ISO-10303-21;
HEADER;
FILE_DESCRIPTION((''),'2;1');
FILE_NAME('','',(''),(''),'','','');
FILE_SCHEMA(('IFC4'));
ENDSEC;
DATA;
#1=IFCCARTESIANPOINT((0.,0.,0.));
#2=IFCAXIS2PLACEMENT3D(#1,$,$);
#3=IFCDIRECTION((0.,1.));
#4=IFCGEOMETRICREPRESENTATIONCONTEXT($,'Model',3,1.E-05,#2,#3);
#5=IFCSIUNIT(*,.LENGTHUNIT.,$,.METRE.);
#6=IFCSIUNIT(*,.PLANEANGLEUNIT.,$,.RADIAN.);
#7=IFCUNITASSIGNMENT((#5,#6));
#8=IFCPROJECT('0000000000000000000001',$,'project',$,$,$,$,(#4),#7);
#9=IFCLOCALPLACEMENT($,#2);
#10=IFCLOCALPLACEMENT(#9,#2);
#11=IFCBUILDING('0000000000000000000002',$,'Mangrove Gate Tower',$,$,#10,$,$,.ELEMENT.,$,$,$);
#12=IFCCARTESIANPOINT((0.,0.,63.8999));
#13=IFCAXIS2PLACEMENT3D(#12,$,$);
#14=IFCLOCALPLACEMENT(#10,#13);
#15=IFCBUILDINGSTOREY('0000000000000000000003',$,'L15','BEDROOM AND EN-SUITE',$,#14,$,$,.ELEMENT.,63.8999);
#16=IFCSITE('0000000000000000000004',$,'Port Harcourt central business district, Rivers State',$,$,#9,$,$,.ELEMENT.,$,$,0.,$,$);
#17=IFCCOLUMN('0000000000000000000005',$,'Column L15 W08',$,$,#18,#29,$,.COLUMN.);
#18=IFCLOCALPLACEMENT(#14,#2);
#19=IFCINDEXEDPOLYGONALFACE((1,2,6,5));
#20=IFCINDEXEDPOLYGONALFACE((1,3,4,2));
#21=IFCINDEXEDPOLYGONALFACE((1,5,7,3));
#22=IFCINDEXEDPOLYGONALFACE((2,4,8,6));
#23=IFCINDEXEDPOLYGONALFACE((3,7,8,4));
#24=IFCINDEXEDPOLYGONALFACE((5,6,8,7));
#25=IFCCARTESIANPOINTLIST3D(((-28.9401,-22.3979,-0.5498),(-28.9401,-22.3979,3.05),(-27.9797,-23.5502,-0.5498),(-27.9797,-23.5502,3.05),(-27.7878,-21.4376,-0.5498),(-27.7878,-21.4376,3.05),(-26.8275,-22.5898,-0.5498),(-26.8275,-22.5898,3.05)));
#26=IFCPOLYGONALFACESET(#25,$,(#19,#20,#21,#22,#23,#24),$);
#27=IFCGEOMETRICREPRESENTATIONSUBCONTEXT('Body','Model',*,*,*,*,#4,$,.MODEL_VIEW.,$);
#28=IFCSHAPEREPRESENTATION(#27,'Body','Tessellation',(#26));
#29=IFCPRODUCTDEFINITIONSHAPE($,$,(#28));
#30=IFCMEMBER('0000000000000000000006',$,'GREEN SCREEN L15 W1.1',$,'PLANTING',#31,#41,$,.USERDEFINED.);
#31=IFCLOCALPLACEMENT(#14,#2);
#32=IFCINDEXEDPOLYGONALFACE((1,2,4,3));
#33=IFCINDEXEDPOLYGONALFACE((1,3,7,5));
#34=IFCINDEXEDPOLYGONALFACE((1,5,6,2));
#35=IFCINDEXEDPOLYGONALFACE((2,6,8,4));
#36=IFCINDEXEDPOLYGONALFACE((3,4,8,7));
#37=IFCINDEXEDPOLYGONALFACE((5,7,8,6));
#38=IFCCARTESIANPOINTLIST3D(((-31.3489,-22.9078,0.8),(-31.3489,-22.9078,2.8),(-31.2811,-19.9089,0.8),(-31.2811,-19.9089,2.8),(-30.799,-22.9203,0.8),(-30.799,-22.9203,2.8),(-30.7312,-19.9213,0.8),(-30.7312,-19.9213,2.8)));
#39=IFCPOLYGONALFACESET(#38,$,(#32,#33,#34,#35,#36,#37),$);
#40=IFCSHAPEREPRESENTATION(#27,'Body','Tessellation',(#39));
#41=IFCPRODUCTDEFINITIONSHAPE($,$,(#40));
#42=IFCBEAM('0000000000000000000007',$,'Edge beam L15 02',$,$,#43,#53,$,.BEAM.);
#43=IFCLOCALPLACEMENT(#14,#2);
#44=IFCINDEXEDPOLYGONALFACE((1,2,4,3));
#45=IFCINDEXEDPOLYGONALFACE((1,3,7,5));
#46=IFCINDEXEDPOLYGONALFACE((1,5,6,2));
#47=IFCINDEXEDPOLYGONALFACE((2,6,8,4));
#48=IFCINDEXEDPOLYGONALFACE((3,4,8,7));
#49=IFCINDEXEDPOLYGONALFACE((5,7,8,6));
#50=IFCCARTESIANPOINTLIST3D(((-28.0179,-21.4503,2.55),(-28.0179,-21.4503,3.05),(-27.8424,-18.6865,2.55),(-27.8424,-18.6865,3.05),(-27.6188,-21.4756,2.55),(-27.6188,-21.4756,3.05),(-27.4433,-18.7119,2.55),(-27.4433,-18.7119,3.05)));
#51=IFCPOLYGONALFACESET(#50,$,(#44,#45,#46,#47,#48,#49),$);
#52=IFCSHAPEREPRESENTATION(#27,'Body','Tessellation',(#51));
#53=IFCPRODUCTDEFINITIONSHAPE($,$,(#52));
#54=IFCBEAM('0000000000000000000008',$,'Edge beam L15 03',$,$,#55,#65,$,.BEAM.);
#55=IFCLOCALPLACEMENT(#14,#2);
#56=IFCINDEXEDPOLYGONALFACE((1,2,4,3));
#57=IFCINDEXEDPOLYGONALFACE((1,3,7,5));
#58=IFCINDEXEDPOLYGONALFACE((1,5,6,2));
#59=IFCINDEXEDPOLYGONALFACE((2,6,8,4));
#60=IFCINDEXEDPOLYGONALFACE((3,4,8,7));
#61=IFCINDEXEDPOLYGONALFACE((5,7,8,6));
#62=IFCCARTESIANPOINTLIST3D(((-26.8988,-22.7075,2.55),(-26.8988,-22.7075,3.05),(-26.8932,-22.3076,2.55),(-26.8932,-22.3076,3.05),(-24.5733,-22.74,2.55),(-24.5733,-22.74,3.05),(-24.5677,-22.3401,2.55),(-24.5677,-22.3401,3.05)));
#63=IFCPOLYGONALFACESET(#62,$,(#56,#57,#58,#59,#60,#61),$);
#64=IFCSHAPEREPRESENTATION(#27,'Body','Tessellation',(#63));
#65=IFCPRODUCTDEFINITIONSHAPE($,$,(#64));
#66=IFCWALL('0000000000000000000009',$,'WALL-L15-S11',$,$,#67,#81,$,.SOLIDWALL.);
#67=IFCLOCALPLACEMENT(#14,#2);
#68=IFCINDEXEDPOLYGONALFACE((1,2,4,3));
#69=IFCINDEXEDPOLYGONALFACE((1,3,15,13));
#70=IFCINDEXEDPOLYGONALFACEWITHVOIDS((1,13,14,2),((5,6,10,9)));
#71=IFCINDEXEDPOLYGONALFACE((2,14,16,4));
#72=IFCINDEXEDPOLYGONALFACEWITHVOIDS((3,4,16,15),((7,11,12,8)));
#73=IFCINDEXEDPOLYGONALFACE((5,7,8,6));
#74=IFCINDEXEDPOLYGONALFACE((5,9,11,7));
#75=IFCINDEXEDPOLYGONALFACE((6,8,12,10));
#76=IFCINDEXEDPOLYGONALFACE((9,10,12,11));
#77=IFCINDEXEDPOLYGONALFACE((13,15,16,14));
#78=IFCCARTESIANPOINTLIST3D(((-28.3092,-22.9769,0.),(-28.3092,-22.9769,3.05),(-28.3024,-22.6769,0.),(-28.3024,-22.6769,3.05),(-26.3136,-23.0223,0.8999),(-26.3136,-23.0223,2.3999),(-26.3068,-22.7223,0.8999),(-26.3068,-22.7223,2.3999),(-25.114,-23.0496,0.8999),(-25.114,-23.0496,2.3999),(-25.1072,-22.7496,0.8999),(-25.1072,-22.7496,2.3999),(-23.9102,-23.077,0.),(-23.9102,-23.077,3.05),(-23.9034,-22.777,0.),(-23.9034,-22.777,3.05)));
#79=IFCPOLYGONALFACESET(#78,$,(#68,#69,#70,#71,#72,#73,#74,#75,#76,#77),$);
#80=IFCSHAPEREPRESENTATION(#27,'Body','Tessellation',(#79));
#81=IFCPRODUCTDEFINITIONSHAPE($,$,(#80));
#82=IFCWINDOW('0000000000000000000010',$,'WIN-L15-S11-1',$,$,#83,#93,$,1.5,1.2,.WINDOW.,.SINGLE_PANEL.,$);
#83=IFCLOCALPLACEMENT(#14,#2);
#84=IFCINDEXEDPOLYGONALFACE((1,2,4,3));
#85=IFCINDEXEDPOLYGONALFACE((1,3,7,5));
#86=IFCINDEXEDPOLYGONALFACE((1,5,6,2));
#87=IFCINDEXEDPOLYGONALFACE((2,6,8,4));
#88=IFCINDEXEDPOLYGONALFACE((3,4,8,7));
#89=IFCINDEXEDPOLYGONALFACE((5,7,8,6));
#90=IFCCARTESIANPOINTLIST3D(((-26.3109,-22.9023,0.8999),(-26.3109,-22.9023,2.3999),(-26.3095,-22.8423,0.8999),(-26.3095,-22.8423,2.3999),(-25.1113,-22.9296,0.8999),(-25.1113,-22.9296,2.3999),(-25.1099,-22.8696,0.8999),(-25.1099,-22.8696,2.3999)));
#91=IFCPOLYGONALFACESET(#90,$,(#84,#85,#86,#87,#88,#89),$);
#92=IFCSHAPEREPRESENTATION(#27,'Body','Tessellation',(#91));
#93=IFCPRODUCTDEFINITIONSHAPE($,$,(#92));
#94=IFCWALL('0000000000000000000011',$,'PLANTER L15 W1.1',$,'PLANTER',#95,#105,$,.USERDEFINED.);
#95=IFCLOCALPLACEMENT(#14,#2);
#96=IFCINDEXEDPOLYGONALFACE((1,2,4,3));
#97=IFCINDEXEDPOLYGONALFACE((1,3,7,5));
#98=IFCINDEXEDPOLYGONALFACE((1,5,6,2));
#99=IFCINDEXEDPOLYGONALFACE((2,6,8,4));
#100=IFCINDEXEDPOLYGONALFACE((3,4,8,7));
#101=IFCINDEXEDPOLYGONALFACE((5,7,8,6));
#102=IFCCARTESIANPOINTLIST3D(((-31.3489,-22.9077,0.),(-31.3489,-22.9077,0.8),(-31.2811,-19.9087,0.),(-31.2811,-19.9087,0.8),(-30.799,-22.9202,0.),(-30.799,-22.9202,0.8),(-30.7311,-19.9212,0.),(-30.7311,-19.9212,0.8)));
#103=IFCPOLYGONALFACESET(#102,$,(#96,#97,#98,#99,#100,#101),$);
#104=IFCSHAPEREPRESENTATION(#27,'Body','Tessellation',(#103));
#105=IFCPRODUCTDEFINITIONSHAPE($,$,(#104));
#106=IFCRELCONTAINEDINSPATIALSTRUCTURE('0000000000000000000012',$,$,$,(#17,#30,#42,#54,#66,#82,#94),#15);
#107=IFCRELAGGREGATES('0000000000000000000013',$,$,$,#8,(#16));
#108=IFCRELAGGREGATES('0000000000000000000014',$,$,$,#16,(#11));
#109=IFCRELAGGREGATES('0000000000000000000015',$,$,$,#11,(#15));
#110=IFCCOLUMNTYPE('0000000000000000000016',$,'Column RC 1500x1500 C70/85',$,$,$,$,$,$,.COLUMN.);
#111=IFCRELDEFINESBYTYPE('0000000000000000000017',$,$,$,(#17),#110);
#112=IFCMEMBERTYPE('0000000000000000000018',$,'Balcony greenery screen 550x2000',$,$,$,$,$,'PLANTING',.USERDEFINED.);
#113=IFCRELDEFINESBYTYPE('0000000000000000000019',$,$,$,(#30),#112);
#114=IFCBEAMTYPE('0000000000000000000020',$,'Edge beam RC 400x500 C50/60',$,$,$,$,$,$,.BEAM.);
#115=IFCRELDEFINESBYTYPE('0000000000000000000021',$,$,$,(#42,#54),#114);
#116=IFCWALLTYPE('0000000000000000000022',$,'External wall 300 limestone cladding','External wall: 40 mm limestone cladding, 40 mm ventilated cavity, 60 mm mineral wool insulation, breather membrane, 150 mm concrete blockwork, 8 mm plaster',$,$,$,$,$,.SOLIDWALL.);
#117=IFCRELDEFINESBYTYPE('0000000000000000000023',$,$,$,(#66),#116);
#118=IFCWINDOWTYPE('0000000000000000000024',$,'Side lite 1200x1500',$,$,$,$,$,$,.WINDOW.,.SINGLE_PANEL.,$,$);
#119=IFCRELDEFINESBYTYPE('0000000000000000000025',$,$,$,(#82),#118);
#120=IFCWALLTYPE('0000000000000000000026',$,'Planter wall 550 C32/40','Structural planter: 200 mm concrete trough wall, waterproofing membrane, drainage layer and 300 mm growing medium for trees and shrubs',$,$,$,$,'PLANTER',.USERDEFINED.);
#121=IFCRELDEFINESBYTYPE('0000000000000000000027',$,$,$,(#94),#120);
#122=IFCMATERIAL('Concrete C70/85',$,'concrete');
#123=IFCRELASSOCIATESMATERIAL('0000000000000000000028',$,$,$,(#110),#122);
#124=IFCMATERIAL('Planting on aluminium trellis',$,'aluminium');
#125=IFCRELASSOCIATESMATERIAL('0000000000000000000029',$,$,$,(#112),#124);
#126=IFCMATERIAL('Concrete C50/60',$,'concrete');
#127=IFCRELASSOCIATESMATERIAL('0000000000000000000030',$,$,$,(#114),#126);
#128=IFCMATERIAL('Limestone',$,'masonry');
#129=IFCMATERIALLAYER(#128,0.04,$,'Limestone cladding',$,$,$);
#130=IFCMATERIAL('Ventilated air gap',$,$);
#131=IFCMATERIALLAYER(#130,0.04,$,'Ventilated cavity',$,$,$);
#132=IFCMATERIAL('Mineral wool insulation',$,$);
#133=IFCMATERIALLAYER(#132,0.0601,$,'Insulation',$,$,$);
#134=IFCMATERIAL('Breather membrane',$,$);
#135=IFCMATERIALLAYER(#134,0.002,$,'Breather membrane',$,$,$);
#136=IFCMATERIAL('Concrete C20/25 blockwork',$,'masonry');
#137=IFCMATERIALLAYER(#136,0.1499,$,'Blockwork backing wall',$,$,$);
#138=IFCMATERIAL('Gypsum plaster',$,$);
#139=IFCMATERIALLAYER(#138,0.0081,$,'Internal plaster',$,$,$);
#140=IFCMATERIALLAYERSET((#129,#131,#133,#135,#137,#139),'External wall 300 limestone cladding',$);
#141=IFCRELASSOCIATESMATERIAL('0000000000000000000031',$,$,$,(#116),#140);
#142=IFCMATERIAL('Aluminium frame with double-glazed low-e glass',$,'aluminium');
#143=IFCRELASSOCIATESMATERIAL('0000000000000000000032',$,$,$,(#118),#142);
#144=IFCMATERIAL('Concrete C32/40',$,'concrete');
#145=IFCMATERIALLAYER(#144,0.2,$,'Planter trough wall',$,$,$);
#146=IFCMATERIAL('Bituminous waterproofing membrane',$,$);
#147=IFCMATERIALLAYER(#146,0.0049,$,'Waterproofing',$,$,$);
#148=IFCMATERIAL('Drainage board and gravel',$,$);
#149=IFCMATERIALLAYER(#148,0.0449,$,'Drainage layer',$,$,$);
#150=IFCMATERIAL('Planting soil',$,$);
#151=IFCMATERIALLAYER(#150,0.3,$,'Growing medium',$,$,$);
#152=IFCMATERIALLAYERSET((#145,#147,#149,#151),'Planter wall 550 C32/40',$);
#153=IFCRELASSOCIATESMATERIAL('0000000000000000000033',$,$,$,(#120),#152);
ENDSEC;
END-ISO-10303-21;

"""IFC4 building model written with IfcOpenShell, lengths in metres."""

from ifc_helpers import new_model, si_unit, direction, frame, frame_2d, origin, origin_2d, place, context, subcontext, project, spatial, rectangle, extrude, material, layer, layer_set, material_profile, profile_set, type_object, element, fill, save


model = new_model("IFC4")

# Units and contexts
model_context = context("Model", 3, precision=1e-05, world=origin(), true_north=direction((0.0, 1.0)))
body_context = subcontext(model_context, "Body", "Model", "MODEL_VIEW")
ifc_project = project(units=[si_unit("LENGTHUNIT", "METRE"), si_unit("PLANEANGLEUNIT", "RADIAN")], contexts=[model_context])

# Site, building, storey
site_placement = place(None, origin())
site = spatial("IfcSite", under=ifc_project, at=site_placement, Name="Port Harcourt central business district, Rivers State", CompositionType="ELEMENT", RefElevation=0.0)
building_placement = place(site_placement, origin())
building = spatial("IfcBuilding", under=site, at=building_placement, Name="Mangrove Gate Tower", CompositionType="ELEMENT")
storey_placement = place(building_placement, frame((0.0, 0.0, 63.8999)))
storey = spatial("IfcBuildingStorey", under=building, at=storey_placement, Name="L15", Description="BEDROOM AND EN-SUITE", CompositionType="ELEMENT", Elevation=63.8999)

# Column
ifc_material_1 = material(Name="Concrete C70/85", Category="concrete")
ifc_material_profile_1 = material_profile(ifc_material_1, rectangle(XDim=1.5, YDim=1.5, at=origin_2d()))
ifc_profile_set_1 = profile_set([ifc_material_profile_1], Name="Concrete C70/85")
column_type = type_object("IfcColumnType", Name="Column RC 1500x1500 C70/85", PredefinedType="COLUMN", material=ifc_profile_set_1)
column_placement = place(storey_placement, frame((-27.8838, -22.4939, -0.5498), z_axis=(0.0, 0.0, 1.0), x_axis=(0.640243, -0.768172, 0.0)))
element("IfcColumn", 1, at=column_placement, inside=storey, type_object=column_type, Name="Column L15 W08", PredefinedType="COLUMN", context=body_context, shape_type="SweptSolid", body=[
    extrude(rectangle(XDim=1.5, YDim=1.5, at=origin_2d()), origin(), (0.0, 0.0, 1.0), 3.5999),
])

# Member
ifc_material_2 = material(Name="Planting on aluminium trellis", Category="aluminium")
ifc_material_profile_2 = material_profile(ifc_material_2, rectangle(XDim=0.55, YDim=2.0, at=origin_2d()))
ifc_profile_set_2 = profile_set([ifc_material_profile_2], Name="Planting on aluminium trellis")
member_type = type_object("IfcMemberType", Name="Balcony greenery screen 550x2000", ElementType="PLANTING", PredefinedType="USERDEFINED", material=ifc_profile_set_2)
member_placement = place(storey_placement, frame((-31.074, -22.9141, 1.8), z_axis=(0.022625, 0.999744, 0.0), x_axis=(-0.999744, 0.022625, 0.0)))
element("IfcMember", 2, at=member_placement, inside=storey, type_object=member_type, Name="GREEN SCREEN L15 W1.1", ObjectType="PLANTING", PredefinedType="USERDEFINED", context=body_context, shape_type="SweptSolid", body=[
    extrude(rectangle(XDim=0.55, YDim=2.0, at=origin_2d()), origin(), (0.0, 0.0, 1.0), 2.9998),
])

# Beams
ifc_material_3 = material(Name="Concrete C50/60", Category="concrete")
ifc_material_profile_3 = material_profile(ifc_material_3, rectangle(XDim=0.3999, YDim=0.5, at=origin_2d()))
ifc_profile_set_3 = profile_set([ifc_material_profile_3], Name="Concrete C50/60")
beam_type = type_object("IfcBeamType", Name="Edge beam RC 400x500 C50/60", PredefinedType="BEAM", material=ifc_profile_set_3)
beam_1_placement = place(storey_placement, frame((-27.6428, -18.6992, 2.8), z_axis=(-0.063388, -0.997989, 0.0), x_axis=(0.997989, -0.063388, 0.0)))
element("IfcBeam", 3, at=beam_1_placement, inside=storey, type_object=beam_type, Name="Edge beam L15 02", PredefinedType="BEAM", context=body_context, shape_type="SweptSolid", body=[
    extrude(rectangle(XDim=0.3999, YDim=0.5, at=origin_2d()), origin(), (0.0, 0.0, 1.0), 2.7693),
])
beam_2_placement = place(storey_placement, frame((-26.896, -22.5076, 2.8), z_axis=(0.999903, -0.013962, 0.0), x_axis=(0.013962, 0.999903, 0.0)))
element("IfcBeam", 4, at=beam_2_placement, inside=storey, type_object=beam_type, Name="Edge beam L15 03", PredefinedType="BEAM", context=body_context, shape_type="SweptSolid", body=[
    extrude(rectangle(XDim=0.3999, YDim=0.5, at=origin_2d()), origin(), (0.0, 0.0, 1.0), 2.3257),
])

# Wall, opening, window
ifc_material_4 = material(Name="Limestone", Category="masonry")
ifc_layer_1 = layer(ifc_material_4, 0.04, Name="Limestone cladding")
ifc_material_5 = material(Name="Ventilated air gap")
ifc_layer_2 = layer(ifc_material_5, 0.04, Name="Ventilated cavity")
ifc_material_6 = material(Name="Mineral wool insulation")
ifc_layer_3 = layer(ifc_material_6, 0.0601, Name="Insulation")
ifc_material_7 = material(Name="Breather membrane")
ifc_layer_4 = layer(ifc_material_7, 0.002, Name="Breather membrane")
ifc_material_8 = material(Name="Concrete C20/25 blockwork", Category="masonry")
ifc_layer_5 = layer(ifc_material_8, 0.1499, Name="Blockwork backing wall")
ifc_material_9 = material(Name="Gypsum plaster")
ifc_layer_6 = layer(ifc_material_9, 0.0081, Name="Internal plaster")
ifc_layer_set_1 = layer_set([ifc_layer_1, ifc_layer_2, ifc_layer_3, ifc_layer_4, ifc_layer_5, ifc_layer_6], Name="External wall 300 limestone cladding")
wall_type_1 = type_object("IfcWallType", Name="External wall 300 limestone cladding", Description="External wall: 40 mm limestone cladding, 40 mm ventilated cavity, 60 mm mineral wool insulation, breather membrane, 150 mm concrete blockwork, 8 mm plaster", PredefinedType="SOLIDWALL", material=ifc_layer_set_1)
wall_1_placement = place(storey_placement, frame((-28.3059, -22.8269, 0.0), z_axis=(0.0, 0.0, 1.0), x_axis=(0.999741, -0.022749, 0.0)))
wall_1 = element("IfcWall", 5, at=wall_1_placement, inside=storey, type_object=wall_type_1, Name="WALL-L15-S11", PredefinedType="SOLIDWALL", context=body_context, shape_type="SweptSolid", body=[
    extrude(rectangle(XDim=4.4001, YDim=0.3, at=frame_2d((2.2002, 0.0))), origin(), (0.0, 0.0, 1.0), 3.05),
])
opening_1_placement = place(wall_1_placement, frame((1.9961, 0.0, 0.8999)))
opening_1 = element("IfcOpeningElement", 6, at=opening_1_placement, cuts=wall_1, PredefinedType="OPENING", context=body_context, shape_type="SweptSolid", body=[
    extrude(rectangle(XDim=1.2, YDim=1.5, at=frame_2d((0.6001, 0.75))), frame((0.0, 0.1599, 0.0), z_axis=(0.0, -1.0, 0.0), x_axis=(1.0, 0.0, 0.0)), (0.0, 0.0, 1.0), 0.3201),
])
ifc_material_10 = material(Name="Aluminium frame with double-glazed low-e glass", Category="aluminium")
window_type_1 = type_object("IfcWindowType", Name="Side lite 1200x1500", PartitioningType="SINGLE_PANEL", PredefinedType="WINDOW", material=ifc_material_10)
window_1_placement = place(opening_1_placement, origin())
window_1 = element("IfcWindow", 7, at=window_1_placement, inside=storey, type_object=window_type_1, Name="WIN-L15-S11-1", OverallHeight=1.5, OverallWidth=1.2, PartitioningType="SINGLE_PANEL", PredefinedType="WINDOW", context=body_context, shape_type="SweptSolid", body=[
    extrude(rectangle(XDim=1.2, YDim=1.5, at=frame_2d((0.6001, 0.75))), frame((0.0, 0.03, 0.0), z_axis=(0.0, -1.0, 0.0), x_axis=(1.0, 0.0, 0.0)), (0.0, 0.0, 1.0), 0.0601),
])
fill(opening_1, window_1)

# Wall
ifc_material_11 = material(Name="Concrete C32/40", Category="concrete")
ifc_layer_7 = layer(ifc_material_11, 0.2, Name="Planter trough wall")
ifc_material_12 = material(Name="Bituminous waterproofing membrane")
ifc_layer_8 = layer(ifc_material_12, 0.0049, Name="Waterproofing")
ifc_material_13 = material(Name="Drainage board and gravel")
ifc_layer_9 = layer(ifc_material_13, 0.0449, Name="Drainage layer")
ifc_material_14 = material(Name="Planting soil")
ifc_layer_10 = layer(ifc_material_14, 0.3, Name="Growing medium")
ifc_layer_set_2 = layer_set([ifc_layer_7, ifc_layer_8, ifc_layer_9, ifc_layer_10], Name="Planter wall 550 C32/40")
wall_type_2 = type_object("IfcWallType", Name="Planter wall 550 C32/40", Description="Structural planter: 200 mm concrete trough wall, waterproofing membrane, drainage layer and 300 mm growing medium for trees and shrubs", ElementType="PLANTER", PredefinedType="USERDEFINED", material=ifc_layer_set_2)
wall_2_placement = place(storey_placement, frame((-31.074, -22.9141, 0.0), z_axis=(0.0, 0.0, 1.0), x_axis=(0.022625, 0.999744, 0.0)))
element("IfcWall", 8, at=wall_2_placement, inside=storey, type_object=wall_type_2, Name="PLANTER L15 W1.1", ObjectType="PLANTER", PredefinedType="USERDEFINED", context=body_context, shape_type="SweptSolid", body=[
    extrude(rectangle(XDim=2.9998, YDim=0.55, at=frame_2d((1.5, 0.0))), origin(), (0.0, 0.0, 1.0), 0.8),
])

save(model, "model.ifc")
